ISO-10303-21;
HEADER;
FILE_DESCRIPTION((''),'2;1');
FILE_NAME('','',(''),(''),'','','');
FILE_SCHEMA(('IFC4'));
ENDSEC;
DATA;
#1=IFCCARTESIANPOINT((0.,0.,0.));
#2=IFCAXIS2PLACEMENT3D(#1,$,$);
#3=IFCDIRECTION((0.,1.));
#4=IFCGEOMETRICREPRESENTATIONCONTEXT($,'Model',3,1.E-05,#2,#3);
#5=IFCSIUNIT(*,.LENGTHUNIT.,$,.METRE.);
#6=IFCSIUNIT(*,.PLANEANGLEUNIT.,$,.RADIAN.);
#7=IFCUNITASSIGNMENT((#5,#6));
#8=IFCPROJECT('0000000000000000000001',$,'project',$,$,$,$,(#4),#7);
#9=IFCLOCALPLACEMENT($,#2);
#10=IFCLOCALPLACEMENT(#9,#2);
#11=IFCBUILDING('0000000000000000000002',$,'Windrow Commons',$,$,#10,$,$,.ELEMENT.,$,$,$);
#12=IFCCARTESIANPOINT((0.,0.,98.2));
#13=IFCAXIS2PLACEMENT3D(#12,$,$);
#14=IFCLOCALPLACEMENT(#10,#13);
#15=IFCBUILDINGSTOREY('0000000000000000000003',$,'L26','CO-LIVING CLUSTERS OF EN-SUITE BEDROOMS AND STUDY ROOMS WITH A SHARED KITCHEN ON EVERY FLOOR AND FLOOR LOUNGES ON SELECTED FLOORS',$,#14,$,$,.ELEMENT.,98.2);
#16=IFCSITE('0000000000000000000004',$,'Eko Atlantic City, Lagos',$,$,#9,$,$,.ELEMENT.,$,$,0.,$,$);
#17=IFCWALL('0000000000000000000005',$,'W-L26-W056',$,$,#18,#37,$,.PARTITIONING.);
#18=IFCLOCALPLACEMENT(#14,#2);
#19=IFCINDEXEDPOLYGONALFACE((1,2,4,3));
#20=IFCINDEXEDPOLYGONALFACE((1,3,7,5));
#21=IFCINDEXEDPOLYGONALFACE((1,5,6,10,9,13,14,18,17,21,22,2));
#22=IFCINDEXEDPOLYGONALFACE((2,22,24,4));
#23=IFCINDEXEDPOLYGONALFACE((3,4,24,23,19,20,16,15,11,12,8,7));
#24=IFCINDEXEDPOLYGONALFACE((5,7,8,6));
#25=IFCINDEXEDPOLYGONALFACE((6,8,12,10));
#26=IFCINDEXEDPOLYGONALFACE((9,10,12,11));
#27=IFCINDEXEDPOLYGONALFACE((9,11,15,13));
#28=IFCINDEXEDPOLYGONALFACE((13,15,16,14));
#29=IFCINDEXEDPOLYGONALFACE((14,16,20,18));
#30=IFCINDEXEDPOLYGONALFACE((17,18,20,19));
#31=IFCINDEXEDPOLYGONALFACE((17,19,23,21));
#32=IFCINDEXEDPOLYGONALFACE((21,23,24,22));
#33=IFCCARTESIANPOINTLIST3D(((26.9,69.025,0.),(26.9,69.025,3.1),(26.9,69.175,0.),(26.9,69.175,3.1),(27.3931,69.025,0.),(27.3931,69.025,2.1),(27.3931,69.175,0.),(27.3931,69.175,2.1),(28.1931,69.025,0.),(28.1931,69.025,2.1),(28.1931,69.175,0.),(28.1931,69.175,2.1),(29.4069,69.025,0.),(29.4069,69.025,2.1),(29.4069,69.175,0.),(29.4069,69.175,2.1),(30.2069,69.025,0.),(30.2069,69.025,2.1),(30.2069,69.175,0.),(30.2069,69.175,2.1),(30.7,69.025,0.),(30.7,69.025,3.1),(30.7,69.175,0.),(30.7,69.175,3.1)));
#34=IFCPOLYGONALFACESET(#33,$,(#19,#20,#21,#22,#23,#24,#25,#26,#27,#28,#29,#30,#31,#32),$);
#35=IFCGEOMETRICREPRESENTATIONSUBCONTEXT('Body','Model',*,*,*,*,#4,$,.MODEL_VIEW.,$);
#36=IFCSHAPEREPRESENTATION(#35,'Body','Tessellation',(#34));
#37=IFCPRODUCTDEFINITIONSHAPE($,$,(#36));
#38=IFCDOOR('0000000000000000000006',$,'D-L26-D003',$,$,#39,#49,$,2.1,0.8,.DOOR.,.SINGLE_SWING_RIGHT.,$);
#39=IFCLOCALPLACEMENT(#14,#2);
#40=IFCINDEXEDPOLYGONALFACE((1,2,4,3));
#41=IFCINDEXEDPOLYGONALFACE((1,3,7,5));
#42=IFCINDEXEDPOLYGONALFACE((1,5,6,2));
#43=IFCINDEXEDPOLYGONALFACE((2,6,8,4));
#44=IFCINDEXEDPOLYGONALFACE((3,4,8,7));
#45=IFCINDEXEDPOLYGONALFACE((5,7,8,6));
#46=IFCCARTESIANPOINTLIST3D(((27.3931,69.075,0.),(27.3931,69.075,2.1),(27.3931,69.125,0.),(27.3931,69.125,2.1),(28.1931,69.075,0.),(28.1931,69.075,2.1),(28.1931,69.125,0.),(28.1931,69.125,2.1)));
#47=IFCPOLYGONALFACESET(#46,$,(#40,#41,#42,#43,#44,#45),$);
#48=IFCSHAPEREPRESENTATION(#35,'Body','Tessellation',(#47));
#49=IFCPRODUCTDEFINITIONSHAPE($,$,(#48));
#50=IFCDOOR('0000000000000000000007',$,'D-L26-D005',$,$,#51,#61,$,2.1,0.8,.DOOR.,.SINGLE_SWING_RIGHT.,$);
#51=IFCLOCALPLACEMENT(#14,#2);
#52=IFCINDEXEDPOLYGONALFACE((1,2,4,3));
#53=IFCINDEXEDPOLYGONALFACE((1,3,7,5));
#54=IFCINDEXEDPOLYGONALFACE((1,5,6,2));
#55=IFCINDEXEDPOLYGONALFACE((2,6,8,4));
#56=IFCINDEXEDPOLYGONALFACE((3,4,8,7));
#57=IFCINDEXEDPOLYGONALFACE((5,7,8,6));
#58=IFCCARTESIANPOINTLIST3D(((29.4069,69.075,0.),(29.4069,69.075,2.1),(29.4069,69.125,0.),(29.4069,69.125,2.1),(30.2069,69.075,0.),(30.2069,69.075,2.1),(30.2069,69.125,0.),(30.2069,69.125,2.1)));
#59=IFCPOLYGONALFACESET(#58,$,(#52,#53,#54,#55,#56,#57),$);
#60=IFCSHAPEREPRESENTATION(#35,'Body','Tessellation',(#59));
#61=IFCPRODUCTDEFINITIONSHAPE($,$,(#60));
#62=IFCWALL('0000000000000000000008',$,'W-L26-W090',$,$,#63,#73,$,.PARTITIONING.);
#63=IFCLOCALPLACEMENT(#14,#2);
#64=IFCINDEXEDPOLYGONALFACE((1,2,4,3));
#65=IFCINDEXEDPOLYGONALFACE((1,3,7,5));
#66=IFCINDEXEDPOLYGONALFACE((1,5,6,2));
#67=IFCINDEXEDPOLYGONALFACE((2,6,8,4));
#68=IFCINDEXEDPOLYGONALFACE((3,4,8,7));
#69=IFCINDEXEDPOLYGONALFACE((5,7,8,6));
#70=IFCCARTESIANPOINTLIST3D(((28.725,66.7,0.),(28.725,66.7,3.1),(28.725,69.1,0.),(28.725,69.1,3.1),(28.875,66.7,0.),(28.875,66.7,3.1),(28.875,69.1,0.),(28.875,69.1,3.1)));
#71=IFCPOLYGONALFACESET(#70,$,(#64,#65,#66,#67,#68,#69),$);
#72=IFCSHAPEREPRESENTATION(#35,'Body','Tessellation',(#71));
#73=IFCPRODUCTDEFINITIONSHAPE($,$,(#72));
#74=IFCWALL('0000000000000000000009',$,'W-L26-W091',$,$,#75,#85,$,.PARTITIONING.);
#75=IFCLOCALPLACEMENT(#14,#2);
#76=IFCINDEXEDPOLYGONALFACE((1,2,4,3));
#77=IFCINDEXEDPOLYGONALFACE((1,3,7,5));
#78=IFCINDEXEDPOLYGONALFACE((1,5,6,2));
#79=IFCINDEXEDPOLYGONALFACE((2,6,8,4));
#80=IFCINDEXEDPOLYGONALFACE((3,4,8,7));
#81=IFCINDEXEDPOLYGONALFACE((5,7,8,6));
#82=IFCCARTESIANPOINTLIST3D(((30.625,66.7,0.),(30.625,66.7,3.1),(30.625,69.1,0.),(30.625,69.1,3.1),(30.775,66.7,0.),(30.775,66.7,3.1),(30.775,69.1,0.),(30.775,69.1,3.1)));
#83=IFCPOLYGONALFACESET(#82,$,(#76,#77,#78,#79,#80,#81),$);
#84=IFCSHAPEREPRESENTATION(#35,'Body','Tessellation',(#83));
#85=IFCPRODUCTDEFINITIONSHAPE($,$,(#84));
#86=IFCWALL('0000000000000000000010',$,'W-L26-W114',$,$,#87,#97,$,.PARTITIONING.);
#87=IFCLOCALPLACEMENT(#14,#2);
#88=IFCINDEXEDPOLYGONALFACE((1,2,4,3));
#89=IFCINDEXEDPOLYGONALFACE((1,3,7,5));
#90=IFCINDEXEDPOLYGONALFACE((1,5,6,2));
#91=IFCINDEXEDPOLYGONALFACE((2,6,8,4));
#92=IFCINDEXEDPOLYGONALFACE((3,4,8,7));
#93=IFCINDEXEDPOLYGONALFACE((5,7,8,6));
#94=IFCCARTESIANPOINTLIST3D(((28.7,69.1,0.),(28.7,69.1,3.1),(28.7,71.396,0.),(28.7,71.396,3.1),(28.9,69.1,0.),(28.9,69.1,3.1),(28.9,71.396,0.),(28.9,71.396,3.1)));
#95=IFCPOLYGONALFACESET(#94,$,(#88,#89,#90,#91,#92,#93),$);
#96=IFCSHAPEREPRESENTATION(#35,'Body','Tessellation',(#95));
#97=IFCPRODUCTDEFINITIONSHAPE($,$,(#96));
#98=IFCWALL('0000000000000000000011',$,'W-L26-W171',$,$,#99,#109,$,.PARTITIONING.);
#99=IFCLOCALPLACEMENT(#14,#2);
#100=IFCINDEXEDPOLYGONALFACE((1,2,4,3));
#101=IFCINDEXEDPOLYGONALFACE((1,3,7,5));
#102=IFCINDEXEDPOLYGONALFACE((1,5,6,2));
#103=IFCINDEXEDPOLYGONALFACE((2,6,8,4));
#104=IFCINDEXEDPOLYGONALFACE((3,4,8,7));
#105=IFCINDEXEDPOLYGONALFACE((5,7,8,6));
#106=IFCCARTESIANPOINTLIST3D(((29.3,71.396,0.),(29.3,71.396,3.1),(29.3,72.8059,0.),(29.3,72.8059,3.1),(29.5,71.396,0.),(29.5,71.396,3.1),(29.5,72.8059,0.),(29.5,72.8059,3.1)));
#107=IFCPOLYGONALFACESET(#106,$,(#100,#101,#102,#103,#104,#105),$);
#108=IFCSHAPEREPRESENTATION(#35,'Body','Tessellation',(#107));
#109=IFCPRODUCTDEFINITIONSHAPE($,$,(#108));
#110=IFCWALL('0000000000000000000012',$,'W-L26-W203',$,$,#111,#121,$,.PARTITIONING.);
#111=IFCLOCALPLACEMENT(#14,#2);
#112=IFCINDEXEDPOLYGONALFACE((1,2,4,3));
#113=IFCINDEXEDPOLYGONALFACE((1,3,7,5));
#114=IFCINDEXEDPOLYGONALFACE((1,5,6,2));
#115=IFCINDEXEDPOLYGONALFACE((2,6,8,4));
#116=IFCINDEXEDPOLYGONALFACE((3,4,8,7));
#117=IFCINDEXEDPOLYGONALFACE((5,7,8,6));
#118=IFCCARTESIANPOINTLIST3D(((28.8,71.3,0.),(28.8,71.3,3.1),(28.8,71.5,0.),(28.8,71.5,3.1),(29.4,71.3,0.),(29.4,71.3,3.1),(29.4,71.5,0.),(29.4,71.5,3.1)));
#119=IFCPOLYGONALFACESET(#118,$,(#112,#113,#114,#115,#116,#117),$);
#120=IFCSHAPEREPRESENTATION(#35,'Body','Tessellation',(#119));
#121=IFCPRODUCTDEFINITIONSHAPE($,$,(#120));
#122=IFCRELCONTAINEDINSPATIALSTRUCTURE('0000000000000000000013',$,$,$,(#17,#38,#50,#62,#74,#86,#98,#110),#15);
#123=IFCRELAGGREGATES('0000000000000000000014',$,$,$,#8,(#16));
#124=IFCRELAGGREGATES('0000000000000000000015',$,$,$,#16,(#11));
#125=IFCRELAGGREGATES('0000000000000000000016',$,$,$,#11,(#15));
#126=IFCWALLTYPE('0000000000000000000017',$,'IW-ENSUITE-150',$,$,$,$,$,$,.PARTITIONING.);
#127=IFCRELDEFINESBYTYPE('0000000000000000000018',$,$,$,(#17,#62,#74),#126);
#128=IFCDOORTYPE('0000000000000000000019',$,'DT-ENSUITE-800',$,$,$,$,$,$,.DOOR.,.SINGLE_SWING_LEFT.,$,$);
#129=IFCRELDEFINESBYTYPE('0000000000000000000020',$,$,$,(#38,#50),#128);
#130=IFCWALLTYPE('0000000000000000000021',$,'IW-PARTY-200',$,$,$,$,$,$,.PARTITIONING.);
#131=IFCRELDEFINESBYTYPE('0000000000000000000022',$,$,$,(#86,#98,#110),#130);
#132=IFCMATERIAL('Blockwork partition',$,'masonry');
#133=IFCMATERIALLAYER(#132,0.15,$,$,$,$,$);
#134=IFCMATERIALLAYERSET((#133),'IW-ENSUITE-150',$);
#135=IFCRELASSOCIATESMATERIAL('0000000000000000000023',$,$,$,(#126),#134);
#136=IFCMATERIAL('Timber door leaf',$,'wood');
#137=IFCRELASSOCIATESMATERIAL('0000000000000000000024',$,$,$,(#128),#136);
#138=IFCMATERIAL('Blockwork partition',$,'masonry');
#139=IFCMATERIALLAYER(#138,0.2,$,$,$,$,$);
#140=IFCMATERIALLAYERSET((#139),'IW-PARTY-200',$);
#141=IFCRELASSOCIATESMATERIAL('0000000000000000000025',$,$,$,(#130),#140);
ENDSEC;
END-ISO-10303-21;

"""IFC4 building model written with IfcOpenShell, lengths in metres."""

from ifc_helpers import new_model, si_unit, direction, frame, frame_2d, origin, place, context, subcontext, project, spatial, rectangle, extrude, material, layer, layer_set, type_object, element, fill, save


model = new_model("IFC4")

# Units and contexts
model_context = context("Model", 3, precision=1e-05, world=origin(), true_north=direction((0.0, 1.0)))
body_context = subcontext(model_context, "Body", "Model", "MODEL_VIEW")
ifc_project = project(units=[si_unit("LENGTHUNIT", "METRE"), si_unit("PLANEANGLEUNIT", "RADIAN")], contexts=[model_context])

# Site, building, storey
site_placement = place(None, origin())
site = spatial("IfcSite", under=ifc_project, at=site_placement, Name="Eko Atlantic City, Lagos", CompositionType="ELEMENT", RefElevation=0.0)
building_placement = place(site_placement, origin())
building = spatial("IfcBuilding", under=site, at=building_placement, Name="Windrow Commons", CompositionType="ELEMENT")
storey_placement = place(building_placement, frame((0.0, 0.0, 98.2)))
storey = spatial("IfcBuildingStorey", under=building, at=storey_placement, Name="L26", Description="CO-LIVING CLUSTERS OF EN-SUITE BEDROOMS AND STUDY ROOMS WITH A SHARED KITCHEN ON EVERY FLOOR AND FLOOR LOUNGES ON SELECTED FLOORS", CompositionType="ELEMENT", Elevation=98.2)

# Wall, openings, doors
ifc_material_1 = material(Name="Blockwork partition", Category="masonry")
ifc_layer_1 = layer(ifc_material_1, 0.15)
ifc_layer_set_1 = layer_set([ifc_layer_1], Name="IW-ENSUITE-150")
wall_type_1 = type_object("IfcWallType", Name="IW-ENSUITE-150", PredefinedType="PARTITIONING", material=ifc_layer_set_1)
wall_1_placement = place(storey_placement, frame((26.9, 69.1, 0.0), z_axis=(0.0, 0.0, 1.0), x_axis=(1.0, 0.0, 0.0)))
wall_1 = element("IfcWall", 1, at=wall_1_placement, inside=storey, type_object=wall_type_1, Name="W-L26-W056", PredefinedType="PARTITIONING", context=body_context, shape_type="SweptSolid", body=[
    extrude(rectangle(XDim=3.8, YDim=0.15, at=frame_2d((1.9, 0.0))), origin(), (0.0, 0.0, 1.0), 3.1),
])
opening_1_placement = place(wall_1_placement, frame((0.4931, 0.0, 0.0)))
opening_1 = element("IfcOpeningElement", 2, at=opening_1_placement, cuts=wall_1, PredefinedType="OPENING", context=body_context, shape_type="SweptSolid", body=[
    extrude(rectangle(XDim=0.8, YDim=2.1, at=frame_2d((0.4, 1.05))), frame((0.0, 0.085, 0.0), z_axis=(0.0, -1.0, 0.0), x_axis=(1.0, 0.0, 0.0)), (0.0, 0.0, 1.0), 0.17),
])
opening_2_placement = place(wall_1_placement, frame((2.5069, 0.0, 0.0)))
opening_2 = element("IfcOpeningElement", 3, at=opening_2_placement, cuts=wall_1, PredefinedType="OPENING", context=body_context, shape_type="SweptSolid", body=[
    extrude(rectangle(XDim=0.8, YDim=2.1, at=frame_2d((0.4, 1.05))), frame((0.0, 0.085, 0.0), z_axis=(0.0, -1.0, 0.0), x_axis=(1.0, 0.0, 0.0)), (0.0, 0.0, 1.0), 0.17),
])
ifc_material_2 = material(Name="Timber door leaf", Category="wood")
door_type_1 = type_object("IfcDoorType", Name="DT-ENSUITE-800", OperationType="SINGLE_SWING_LEFT", PredefinedType="DOOR", material=ifc_material_2)
door_1_placement = place(opening_1_placement, origin())
door_1 = element("IfcDoor", 4, at=door_1_placement, inside=storey, type_object=door_type_1, Name="D-L26-D003", OperationType="SINGLE_SWING_RIGHT", OverallHeight=2.1, OverallWidth=0.8, PredefinedType="DOOR", context=body_context, shape_type="SweptSolid", body=[
    extrude(rectangle(XDim=0.8, YDim=2.1, at=frame_2d((0.4, 1.05))), frame((0.0, 0.025, 0.0), z_axis=(0.0, -1.0, 0.0), x_axis=(1.0, 0.0, 0.0)), (0.0, 0.0, 1.0), 0.05),
])
fill(opening_1, door_1)
door_2_placement = place(opening_2_placement, origin())
door_2 = element("IfcDoor", 5, at=door_2_placement, inside=storey, type_object=door_type_1, Name="D-L26-D005", OperationType="SINGLE_SWING_RIGHT", OverallHeight=2.1, OverallWidth=0.8, PredefinedType="DOOR", context=body_context, shape_type="SweptSolid", body=[
    extrude(rectangle(XDim=0.8, YDim=2.1, at=frame_2d((0.4, 1.05))), frame((0.0, 0.025, 0.0), z_axis=(0.0, -1.0, 0.0), x_axis=(1.0, 0.0, 0.0)), (0.0, 0.0, 1.0), 0.05),
])
fill(opening_2, door_2)

# Walls
for number, where, z_axis, x_axis, name in (
    (6, (28.8, 66.7, 0.0), (0.0, 0.0, 1.0), (0.0, 1.0, 0.0), "W-L26-W090"),
    (7, (30.7, 66.7, 0.0), (0.0, 0.0, 1.0), (0.0, 1.0, 0.0), "W-L26-W091"),
):
    element("IfcWall", number, at=place(storey_placement, frame(where, z_axis=z_axis, x_axis=x_axis)), inside=storey, type_object=wall_type_1, Name=name, PredefinedType="PARTITIONING", context=body_context, shape_type="SweptSolid", body=[
        extrude(rectangle(XDim=2.4, YDim=0.15, at=frame_2d((1.2, 0.0))), origin(), (0.0, 0.0, 1.0), 3.1),
    ])
ifc_material_3 = material(Name="Blockwork partition", Category="masonry")
ifc_layer_2 = layer(ifc_material_3, 0.2)
ifc_layer_set_2 = layer_set([ifc_layer_2], Name="IW-PARTY-200")
wall_type_2 = type_object("IfcWallType", Name="IW-PARTY-200", PredefinedType="PARTITIONING", material=ifc_layer_set_2)
wall_2_placement = place(storey_placement, frame((28.8, 69.1, 0.0), z_axis=(0.0, 0.0, 1.0), x_axis=(0.0, 1.0, 0.0)))
element("IfcWall", 8, at=wall_2_placement, inside=storey, type_object=wall_type_2, Name="W-L26-W114", PredefinedType="PARTITIONING", context=body_context, shape_type="SweptSolid", body=[
    extrude(rectangle(XDim=2.296, YDim=0.2, at=frame_2d((1.148, 0.0))), origin(), (0.0, 0.0, 1.0), 3.1),
])
wall_3_placement = place(storey_placement, frame((29.4, 71.396, 0.0), z_axis=(0.0, 0.0, 1.0), x_axis=(0.0, 1.0, 0.0)))
element("IfcWall", 9, at=wall_3_placement, inside=storey, type_object=wall_type_2, Name="W-L26-W171", PredefinedType="PARTITIONING", context=body_context, shape_type="SweptSolid", body=[
    extrude(rectangle(XDim=1.4099, YDim=0.2, at=frame_2d((0.7049, 0.0))), origin(), (0.0, 0.0, 1.0), 3.1),
])
wall_4_placement = place(storey_placement, frame((28.8, 71.4, 0.0), z_axis=(0.0, 0.0, 1.0), x_axis=(1.0, 0.0, 0.0)))
element("IfcWall", 10, at=wall_4_placement, inside=storey, type_object=wall_type_2, Name="W-L26-W203", PredefinedType="PARTITIONING", context=body_context, shape_type="SweptSolid", body=[
    extrude(rectangle(XDim=0.6, YDim=0.2, at=frame_2d((0.3, 0.0))), origin(), (0.0, 0.0, 1.0), 3.1),
])

save(model, "model.ifc")
